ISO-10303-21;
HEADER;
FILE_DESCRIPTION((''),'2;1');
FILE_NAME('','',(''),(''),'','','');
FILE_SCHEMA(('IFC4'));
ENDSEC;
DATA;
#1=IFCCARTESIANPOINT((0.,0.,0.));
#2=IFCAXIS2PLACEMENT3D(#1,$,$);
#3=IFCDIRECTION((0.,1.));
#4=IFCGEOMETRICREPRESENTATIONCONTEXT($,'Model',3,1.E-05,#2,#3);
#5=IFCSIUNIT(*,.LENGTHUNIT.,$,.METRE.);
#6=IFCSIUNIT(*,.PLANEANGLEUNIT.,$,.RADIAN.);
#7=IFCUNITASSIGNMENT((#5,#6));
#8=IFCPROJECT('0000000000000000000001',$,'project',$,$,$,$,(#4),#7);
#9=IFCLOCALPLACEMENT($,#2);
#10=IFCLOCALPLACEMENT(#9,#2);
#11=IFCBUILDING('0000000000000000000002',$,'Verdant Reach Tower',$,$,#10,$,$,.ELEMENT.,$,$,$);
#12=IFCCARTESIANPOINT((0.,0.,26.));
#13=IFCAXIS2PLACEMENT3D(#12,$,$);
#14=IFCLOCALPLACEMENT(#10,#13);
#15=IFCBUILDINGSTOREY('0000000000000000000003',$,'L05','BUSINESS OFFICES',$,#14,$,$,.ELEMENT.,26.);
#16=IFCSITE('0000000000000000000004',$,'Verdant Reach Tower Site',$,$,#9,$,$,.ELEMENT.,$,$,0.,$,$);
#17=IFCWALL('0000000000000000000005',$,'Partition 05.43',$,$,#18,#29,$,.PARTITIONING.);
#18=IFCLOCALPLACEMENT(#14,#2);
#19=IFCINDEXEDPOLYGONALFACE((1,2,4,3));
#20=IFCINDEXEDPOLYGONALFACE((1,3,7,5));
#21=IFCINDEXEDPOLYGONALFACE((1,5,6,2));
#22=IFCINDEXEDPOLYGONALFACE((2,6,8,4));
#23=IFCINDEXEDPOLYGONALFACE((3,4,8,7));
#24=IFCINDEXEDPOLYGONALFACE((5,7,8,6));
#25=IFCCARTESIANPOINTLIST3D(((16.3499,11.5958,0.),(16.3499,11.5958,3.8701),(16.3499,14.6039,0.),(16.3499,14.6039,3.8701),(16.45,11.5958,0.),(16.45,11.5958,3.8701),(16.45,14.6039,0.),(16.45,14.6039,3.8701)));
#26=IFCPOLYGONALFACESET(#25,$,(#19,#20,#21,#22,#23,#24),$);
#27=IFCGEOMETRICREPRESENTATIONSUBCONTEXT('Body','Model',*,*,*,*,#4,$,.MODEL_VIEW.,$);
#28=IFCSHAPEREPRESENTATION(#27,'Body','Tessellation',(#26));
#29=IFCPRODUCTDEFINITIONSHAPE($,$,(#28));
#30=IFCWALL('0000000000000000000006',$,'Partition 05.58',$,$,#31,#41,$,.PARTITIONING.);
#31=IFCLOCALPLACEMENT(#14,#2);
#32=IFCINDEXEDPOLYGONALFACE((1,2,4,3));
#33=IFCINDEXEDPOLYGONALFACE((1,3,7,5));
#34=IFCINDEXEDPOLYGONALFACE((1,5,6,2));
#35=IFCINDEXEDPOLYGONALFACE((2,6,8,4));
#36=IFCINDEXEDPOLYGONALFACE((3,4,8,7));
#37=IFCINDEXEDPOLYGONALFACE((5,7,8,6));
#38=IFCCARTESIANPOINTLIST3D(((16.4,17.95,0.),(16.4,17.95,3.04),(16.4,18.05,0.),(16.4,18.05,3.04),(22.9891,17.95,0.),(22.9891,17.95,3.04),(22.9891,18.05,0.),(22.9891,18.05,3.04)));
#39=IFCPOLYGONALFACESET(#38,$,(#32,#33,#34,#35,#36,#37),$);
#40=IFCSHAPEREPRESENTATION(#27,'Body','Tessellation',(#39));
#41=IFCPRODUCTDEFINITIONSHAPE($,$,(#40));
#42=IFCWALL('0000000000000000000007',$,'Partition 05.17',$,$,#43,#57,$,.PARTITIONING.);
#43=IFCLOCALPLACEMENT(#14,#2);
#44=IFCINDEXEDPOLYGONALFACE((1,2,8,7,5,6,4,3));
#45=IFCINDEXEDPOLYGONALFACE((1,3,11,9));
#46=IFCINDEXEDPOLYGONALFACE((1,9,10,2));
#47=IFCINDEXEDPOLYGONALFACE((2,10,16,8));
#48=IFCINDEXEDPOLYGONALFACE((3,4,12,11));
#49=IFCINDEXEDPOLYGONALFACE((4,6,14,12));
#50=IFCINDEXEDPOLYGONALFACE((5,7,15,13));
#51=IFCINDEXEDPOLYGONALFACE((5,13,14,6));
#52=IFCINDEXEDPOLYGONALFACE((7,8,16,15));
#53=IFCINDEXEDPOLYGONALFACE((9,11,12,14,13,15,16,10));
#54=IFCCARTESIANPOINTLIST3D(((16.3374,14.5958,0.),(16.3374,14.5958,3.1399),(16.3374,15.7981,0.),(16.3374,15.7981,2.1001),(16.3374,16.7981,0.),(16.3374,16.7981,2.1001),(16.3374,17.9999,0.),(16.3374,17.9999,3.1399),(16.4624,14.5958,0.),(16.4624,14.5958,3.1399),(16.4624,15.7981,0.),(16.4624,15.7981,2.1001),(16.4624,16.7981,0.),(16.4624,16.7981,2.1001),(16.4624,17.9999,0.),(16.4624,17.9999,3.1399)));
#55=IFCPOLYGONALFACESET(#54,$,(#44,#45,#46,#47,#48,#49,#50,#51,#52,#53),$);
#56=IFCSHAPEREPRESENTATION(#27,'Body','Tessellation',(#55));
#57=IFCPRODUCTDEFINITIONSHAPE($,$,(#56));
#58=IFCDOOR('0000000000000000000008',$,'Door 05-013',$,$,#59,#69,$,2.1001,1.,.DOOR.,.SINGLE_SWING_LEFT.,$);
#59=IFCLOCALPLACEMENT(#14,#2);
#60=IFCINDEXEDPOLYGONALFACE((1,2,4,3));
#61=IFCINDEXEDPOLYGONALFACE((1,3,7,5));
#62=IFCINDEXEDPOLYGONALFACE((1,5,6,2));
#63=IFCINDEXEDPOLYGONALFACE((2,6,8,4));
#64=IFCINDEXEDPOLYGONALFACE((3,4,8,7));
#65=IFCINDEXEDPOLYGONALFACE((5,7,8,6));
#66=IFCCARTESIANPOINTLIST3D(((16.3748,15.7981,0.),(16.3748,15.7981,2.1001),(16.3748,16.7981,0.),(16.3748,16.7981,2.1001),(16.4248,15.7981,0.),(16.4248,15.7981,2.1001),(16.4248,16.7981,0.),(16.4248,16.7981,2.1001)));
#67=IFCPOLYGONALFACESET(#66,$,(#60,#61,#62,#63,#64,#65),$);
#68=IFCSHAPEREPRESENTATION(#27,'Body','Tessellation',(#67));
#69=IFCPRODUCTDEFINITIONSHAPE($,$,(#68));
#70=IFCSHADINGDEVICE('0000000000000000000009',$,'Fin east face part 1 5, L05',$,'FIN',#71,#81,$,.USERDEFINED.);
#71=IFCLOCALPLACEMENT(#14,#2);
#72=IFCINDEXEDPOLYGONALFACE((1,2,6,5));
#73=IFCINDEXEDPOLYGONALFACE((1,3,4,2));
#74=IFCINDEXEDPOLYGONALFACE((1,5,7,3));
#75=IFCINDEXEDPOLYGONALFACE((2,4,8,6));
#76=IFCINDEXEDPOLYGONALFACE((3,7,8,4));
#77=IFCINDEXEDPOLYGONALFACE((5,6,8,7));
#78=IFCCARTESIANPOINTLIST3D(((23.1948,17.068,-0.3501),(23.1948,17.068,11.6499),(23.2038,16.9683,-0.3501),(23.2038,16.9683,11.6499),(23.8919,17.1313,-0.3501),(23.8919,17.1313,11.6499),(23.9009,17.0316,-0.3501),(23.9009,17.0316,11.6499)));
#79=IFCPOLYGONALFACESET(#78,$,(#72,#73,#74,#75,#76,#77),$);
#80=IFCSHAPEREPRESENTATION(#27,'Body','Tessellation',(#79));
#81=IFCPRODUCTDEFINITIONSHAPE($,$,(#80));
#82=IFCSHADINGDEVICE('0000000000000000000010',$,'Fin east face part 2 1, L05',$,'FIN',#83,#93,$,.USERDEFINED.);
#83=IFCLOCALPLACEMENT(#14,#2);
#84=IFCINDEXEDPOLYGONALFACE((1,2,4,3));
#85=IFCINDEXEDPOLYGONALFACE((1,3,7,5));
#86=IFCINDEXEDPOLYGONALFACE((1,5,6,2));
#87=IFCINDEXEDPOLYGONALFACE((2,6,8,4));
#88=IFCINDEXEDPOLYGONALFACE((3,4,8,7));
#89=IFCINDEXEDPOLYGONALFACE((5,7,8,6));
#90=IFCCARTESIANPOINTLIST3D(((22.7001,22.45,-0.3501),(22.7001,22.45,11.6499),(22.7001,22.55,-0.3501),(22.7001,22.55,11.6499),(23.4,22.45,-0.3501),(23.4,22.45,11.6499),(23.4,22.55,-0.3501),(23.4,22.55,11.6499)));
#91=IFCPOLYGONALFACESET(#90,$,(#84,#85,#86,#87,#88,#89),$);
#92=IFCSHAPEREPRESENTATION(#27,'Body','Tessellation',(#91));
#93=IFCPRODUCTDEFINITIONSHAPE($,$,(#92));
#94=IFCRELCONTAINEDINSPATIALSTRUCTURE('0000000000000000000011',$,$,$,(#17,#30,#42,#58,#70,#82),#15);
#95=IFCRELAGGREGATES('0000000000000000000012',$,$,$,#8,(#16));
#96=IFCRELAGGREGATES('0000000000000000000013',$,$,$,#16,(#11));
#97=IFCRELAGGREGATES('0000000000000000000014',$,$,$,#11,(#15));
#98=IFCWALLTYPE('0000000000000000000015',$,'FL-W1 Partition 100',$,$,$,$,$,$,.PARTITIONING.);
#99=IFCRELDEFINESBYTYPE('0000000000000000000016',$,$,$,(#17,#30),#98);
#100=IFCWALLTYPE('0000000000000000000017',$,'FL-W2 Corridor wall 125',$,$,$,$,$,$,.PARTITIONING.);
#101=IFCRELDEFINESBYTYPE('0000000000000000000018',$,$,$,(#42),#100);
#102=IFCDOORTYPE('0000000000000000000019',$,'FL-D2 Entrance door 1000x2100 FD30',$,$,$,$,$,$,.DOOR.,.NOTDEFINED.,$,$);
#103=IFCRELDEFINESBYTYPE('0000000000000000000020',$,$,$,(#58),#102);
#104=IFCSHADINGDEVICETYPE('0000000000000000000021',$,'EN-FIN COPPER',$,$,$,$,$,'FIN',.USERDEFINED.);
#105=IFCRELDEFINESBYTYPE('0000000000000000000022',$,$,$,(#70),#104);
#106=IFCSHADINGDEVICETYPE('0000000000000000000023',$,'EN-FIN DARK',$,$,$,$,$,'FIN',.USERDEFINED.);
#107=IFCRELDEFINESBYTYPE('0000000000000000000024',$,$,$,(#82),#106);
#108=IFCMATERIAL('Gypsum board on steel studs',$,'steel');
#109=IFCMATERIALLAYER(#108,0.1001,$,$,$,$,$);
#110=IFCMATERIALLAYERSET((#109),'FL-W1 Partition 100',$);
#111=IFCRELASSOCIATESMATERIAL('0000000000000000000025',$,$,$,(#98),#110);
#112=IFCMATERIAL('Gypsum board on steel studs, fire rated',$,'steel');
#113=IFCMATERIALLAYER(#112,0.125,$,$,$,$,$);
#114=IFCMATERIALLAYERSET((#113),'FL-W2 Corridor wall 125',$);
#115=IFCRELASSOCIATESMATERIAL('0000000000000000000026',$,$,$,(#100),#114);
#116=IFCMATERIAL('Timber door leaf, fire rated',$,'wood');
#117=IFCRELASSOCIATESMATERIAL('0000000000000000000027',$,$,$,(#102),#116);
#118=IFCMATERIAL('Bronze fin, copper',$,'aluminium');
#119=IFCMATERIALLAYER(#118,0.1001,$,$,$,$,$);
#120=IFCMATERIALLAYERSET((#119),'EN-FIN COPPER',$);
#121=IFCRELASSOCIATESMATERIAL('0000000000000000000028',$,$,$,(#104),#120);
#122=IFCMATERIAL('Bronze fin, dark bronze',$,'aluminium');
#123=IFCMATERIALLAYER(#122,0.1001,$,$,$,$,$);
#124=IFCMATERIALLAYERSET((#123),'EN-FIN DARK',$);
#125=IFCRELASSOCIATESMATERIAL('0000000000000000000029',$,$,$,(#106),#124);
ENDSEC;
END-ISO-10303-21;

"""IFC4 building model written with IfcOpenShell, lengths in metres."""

from ifc_helpers import new_model, si_unit, direction, frame, frame_2d, origin, origin_2d, place, context, subcontext, project, spatial, rectangle, extrude, material, layer, layer_set, type_object, element, fill, save


model = new_model("IFC4")

# Units and contexts
model_context = context("Model", 3, precision=1e-05, world=origin(), true_north=direction((0.0, 1.0)))
body_context = subcontext(model_context, "Body", "Model", "MODEL_VIEW")
ifc_project = project(units=[si_unit("LENGTHUNIT", "METRE"), si_unit("PLANEANGLEUNIT", "RADIAN")], contexts=[model_context])

# Site, building, storey
site_placement = place(None, origin())
site = spatial("IfcSite", under=ifc_project, at=site_placement, Name="Verdant Reach Tower Site", CompositionType="ELEMENT", RefElevation=0.0)
building_placement = place(site_placement, origin())
building = spatial("IfcBuilding", under=site, at=building_placement, Name="Verdant Reach Tower", CompositionType="ELEMENT")
storey_placement = place(building_placement, frame((0.0, 0.0, 26.0)))
storey = spatial("IfcBuildingStorey", under=building, at=storey_placement, Name="L05", Description="BUSINESS OFFICES", CompositionType="ELEMENT", Elevation=26.0)

# Walls
ifc_material_1 = material(Name="Gypsum board on steel studs", Category="steel")
ifc_layer_1 = layer(ifc_material_1, 0.1001)
ifc_layer_set_1 = layer_set([ifc_layer_1], Name="FL-W1 Partition 100")
wall_type_1 = type_object("IfcWallType", Name="FL-W1 Partition 100", PredefinedType="PARTITIONING", material=ifc_layer_set_1)
wall_1_placement = place(storey_placement, frame((16.3999, 11.5959, 0.0), z_axis=(0.0, 0.0, 1.0), x_axis=(0.0, 1.0, 0.0)))
element("IfcWall", 1, at=wall_1_placement, inside=storey, type_object=wall_type_1, Name="Partition 05.43", PredefinedType="PARTITIONING", context=body_context, shape_type="SweptSolid", body=[
    extrude(rectangle(XDim=3.0081, YDim=0.1001, at=frame_2d((1.5039, 0.0))), origin(), (0.0, 0.0, 1.0), 3.8701),
])
wall_2_placement = place(storey_placement, frame((22.989, 18.0, 0.0), z_axis=(0.0, 0.0, 1.0), x_axis=(-1.0, 0.0, 0.0)))
element("IfcWall", 2, at=wall_2_placement, inside=storey, type_object=wall_type_1, Name="Partition 05.58", PredefinedType="PARTITIONING", context=body_context, shape_type="SweptSolid", body=[
    extrude(rectangle(XDim=6.5891, YDim=0.1001, at=frame_2d((3.2944, 0.0))), origin(), (0.0, 0.0, 1.0), 3.04),
])

# Wall, opening, door
ifc_material_2 = material(Name="Gypsum board on steel studs, fire rated", Category="steel")
ifc_layer_2 = layer(ifc_material_2, 0.125)
ifc_layer_set_2 = layer_set([ifc_layer_2], Name="FL-W2 Corridor wall 125")
wall_type_2 = type_object("IfcWallType", Name="FL-W2 Corridor wall 125", PredefinedType="PARTITIONING", material=ifc_layer_set_2)
wall_3_placement = place(storey_placement, frame((16.3999, 18.0, 0.0), z_axis=(0.0, 0.0, 1.0), x_axis=(0.0, -1.0, 0.0)))
wall_3 = element("IfcWall", 3, at=wall_3_placement, inside=storey, type_object=wall_type_2, Name="Partition 05.17", PredefinedType="PARTITIONING", context=body_context, shape_type="SweptSolid", body=[
    extrude(rectangle(XDim=3.4041, YDim=0.125, at=frame_2d((1.7021, 0.0))), origin(), (0.0, 0.0, 1.0), 3.1399),
])
opening_placement = place(wall_3_placement, frame((1.2019, 0.0, 0.0)))
opening = element("IfcOpeningElement", 4, at=opening_placement, cuts=wall_3, PredefinedType="OPENING", context=body_context, shape_type="SweptSolid", body=[
    extrude(rectangle(XDim=1.0, YDim=2.1001, at=frame_2d((0.5, 1.05))), frame((0.0, 0.0725, 0.0), z_axis=(0.0, -1.0, 0.0), x_axis=(1.0, 0.0, 0.0)), (0.0, 0.0, 1.0), 0.145),
])
ifc_material_3 = material(Name="Timber door leaf, fire rated", Category="wood")
door_type = type_object("IfcDoorType", Name="FL-D2 Entrance door 1000x2100 FD30", OperationType="NOTDEFINED", PredefinedType="DOOR", material=ifc_material_3)
door_placement = place(opening_placement, origin())
door = element("IfcDoor", 5, at=door_placement, inside=storey, type_object=door_type, Name="Door 05-013", OperationType="SINGLE_SWING_LEFT", OverallHeight=2.1001, OverallWidth=1.0, PredefinedType="DOOR", context=body_context, shape_type="SweptSolid", body=[
    extrude(rectangle(XDim=1.0, YDim=2.1001, at=frame_2d((0.5, 1.05))), frame((0.0, 0.0249, 0.0), z_axis=(0.0, -1.0, 0.0), x_axis=(1.0, 0.0, 0.0)), (0.0, 0.0, 1.0), 0.05),
])
fill(opening, door)

# Shading devices
ifc_material_4 = material(Name="Bronze fin, copper", Category="aluminium")
ifc_layer_3 = layer(ifc_material_4, 0.1001)
ifc_layer_set_3 = layer_set([ifc_layer_3], Name="EN-FIN COPPER")
shading_device_type_1 = type_object("IfcShadingDeviceType", Name="EN-FIN COPPER", ElementType="FIN", PredefinedType="USERDEFINED", material=ifc_layer_set_3)
shading_device_1_placement = place(storey_placement, frame((23.5479, 17.0498, -0.3501), z_axis=(0.0, 0.0, 1.0), x_axis=(-0.090536, 0.995893, 0.0)))
element("IfcShadingDevice", 6, at=shading_device_1_placement, inside=storey, type_object=shading_device_type_1, Name="Fin east face part 1 5, L05", ObjectType="FIN", PredefinedType="USERDEFINED", context=body_context, shape_type="SweptSolid", body=[
    extrude(rectangle(XDim=0.1001, YDim=0.7, at=origin_2d()), origin(), (0.0, 0.0, 1.0), 12.0),
])
ifc_material_5 = material(Name="Bronze fin, dark bronze", Category="aluminium")
ifc_layer_4 = layer(ifc_material_5, 0.1001)
ifc_layer_set_4 = layer_set([ifc_layer_4], Name="EN-FIN DARK")
shading_device_type_2 = type_object("IfcShadingDeviceType", Name="EN-FIN DARK", ElementType="FIN", PredefinedType="USERDEFINED", material=ifc_layer_set_4)
shading_device_2_placement = place(storey_placement, frame((23.05, 22.5, -0.3501), z_axis=(0.0, 0.0, 1.0), x_axis=(0.0, 1.0, 0.0)))
element("IfcShadingDevice", 7, at=shading_device_2_placement, inside=storey, type_object=shading_device_type_2, Name="Fin east face part 2 1, L05", ObjectType="FIN", PredefinedType="USERDEFINED", context=body_context, shape_type="SweptSolid", body=[
    extrude(rectangle(XDim=0.1001, YDim=0.7, at=origin_2d()), origin(), (0.0, 0.0, 1.0), 12.0),
])

save(model, "model.ifc")
